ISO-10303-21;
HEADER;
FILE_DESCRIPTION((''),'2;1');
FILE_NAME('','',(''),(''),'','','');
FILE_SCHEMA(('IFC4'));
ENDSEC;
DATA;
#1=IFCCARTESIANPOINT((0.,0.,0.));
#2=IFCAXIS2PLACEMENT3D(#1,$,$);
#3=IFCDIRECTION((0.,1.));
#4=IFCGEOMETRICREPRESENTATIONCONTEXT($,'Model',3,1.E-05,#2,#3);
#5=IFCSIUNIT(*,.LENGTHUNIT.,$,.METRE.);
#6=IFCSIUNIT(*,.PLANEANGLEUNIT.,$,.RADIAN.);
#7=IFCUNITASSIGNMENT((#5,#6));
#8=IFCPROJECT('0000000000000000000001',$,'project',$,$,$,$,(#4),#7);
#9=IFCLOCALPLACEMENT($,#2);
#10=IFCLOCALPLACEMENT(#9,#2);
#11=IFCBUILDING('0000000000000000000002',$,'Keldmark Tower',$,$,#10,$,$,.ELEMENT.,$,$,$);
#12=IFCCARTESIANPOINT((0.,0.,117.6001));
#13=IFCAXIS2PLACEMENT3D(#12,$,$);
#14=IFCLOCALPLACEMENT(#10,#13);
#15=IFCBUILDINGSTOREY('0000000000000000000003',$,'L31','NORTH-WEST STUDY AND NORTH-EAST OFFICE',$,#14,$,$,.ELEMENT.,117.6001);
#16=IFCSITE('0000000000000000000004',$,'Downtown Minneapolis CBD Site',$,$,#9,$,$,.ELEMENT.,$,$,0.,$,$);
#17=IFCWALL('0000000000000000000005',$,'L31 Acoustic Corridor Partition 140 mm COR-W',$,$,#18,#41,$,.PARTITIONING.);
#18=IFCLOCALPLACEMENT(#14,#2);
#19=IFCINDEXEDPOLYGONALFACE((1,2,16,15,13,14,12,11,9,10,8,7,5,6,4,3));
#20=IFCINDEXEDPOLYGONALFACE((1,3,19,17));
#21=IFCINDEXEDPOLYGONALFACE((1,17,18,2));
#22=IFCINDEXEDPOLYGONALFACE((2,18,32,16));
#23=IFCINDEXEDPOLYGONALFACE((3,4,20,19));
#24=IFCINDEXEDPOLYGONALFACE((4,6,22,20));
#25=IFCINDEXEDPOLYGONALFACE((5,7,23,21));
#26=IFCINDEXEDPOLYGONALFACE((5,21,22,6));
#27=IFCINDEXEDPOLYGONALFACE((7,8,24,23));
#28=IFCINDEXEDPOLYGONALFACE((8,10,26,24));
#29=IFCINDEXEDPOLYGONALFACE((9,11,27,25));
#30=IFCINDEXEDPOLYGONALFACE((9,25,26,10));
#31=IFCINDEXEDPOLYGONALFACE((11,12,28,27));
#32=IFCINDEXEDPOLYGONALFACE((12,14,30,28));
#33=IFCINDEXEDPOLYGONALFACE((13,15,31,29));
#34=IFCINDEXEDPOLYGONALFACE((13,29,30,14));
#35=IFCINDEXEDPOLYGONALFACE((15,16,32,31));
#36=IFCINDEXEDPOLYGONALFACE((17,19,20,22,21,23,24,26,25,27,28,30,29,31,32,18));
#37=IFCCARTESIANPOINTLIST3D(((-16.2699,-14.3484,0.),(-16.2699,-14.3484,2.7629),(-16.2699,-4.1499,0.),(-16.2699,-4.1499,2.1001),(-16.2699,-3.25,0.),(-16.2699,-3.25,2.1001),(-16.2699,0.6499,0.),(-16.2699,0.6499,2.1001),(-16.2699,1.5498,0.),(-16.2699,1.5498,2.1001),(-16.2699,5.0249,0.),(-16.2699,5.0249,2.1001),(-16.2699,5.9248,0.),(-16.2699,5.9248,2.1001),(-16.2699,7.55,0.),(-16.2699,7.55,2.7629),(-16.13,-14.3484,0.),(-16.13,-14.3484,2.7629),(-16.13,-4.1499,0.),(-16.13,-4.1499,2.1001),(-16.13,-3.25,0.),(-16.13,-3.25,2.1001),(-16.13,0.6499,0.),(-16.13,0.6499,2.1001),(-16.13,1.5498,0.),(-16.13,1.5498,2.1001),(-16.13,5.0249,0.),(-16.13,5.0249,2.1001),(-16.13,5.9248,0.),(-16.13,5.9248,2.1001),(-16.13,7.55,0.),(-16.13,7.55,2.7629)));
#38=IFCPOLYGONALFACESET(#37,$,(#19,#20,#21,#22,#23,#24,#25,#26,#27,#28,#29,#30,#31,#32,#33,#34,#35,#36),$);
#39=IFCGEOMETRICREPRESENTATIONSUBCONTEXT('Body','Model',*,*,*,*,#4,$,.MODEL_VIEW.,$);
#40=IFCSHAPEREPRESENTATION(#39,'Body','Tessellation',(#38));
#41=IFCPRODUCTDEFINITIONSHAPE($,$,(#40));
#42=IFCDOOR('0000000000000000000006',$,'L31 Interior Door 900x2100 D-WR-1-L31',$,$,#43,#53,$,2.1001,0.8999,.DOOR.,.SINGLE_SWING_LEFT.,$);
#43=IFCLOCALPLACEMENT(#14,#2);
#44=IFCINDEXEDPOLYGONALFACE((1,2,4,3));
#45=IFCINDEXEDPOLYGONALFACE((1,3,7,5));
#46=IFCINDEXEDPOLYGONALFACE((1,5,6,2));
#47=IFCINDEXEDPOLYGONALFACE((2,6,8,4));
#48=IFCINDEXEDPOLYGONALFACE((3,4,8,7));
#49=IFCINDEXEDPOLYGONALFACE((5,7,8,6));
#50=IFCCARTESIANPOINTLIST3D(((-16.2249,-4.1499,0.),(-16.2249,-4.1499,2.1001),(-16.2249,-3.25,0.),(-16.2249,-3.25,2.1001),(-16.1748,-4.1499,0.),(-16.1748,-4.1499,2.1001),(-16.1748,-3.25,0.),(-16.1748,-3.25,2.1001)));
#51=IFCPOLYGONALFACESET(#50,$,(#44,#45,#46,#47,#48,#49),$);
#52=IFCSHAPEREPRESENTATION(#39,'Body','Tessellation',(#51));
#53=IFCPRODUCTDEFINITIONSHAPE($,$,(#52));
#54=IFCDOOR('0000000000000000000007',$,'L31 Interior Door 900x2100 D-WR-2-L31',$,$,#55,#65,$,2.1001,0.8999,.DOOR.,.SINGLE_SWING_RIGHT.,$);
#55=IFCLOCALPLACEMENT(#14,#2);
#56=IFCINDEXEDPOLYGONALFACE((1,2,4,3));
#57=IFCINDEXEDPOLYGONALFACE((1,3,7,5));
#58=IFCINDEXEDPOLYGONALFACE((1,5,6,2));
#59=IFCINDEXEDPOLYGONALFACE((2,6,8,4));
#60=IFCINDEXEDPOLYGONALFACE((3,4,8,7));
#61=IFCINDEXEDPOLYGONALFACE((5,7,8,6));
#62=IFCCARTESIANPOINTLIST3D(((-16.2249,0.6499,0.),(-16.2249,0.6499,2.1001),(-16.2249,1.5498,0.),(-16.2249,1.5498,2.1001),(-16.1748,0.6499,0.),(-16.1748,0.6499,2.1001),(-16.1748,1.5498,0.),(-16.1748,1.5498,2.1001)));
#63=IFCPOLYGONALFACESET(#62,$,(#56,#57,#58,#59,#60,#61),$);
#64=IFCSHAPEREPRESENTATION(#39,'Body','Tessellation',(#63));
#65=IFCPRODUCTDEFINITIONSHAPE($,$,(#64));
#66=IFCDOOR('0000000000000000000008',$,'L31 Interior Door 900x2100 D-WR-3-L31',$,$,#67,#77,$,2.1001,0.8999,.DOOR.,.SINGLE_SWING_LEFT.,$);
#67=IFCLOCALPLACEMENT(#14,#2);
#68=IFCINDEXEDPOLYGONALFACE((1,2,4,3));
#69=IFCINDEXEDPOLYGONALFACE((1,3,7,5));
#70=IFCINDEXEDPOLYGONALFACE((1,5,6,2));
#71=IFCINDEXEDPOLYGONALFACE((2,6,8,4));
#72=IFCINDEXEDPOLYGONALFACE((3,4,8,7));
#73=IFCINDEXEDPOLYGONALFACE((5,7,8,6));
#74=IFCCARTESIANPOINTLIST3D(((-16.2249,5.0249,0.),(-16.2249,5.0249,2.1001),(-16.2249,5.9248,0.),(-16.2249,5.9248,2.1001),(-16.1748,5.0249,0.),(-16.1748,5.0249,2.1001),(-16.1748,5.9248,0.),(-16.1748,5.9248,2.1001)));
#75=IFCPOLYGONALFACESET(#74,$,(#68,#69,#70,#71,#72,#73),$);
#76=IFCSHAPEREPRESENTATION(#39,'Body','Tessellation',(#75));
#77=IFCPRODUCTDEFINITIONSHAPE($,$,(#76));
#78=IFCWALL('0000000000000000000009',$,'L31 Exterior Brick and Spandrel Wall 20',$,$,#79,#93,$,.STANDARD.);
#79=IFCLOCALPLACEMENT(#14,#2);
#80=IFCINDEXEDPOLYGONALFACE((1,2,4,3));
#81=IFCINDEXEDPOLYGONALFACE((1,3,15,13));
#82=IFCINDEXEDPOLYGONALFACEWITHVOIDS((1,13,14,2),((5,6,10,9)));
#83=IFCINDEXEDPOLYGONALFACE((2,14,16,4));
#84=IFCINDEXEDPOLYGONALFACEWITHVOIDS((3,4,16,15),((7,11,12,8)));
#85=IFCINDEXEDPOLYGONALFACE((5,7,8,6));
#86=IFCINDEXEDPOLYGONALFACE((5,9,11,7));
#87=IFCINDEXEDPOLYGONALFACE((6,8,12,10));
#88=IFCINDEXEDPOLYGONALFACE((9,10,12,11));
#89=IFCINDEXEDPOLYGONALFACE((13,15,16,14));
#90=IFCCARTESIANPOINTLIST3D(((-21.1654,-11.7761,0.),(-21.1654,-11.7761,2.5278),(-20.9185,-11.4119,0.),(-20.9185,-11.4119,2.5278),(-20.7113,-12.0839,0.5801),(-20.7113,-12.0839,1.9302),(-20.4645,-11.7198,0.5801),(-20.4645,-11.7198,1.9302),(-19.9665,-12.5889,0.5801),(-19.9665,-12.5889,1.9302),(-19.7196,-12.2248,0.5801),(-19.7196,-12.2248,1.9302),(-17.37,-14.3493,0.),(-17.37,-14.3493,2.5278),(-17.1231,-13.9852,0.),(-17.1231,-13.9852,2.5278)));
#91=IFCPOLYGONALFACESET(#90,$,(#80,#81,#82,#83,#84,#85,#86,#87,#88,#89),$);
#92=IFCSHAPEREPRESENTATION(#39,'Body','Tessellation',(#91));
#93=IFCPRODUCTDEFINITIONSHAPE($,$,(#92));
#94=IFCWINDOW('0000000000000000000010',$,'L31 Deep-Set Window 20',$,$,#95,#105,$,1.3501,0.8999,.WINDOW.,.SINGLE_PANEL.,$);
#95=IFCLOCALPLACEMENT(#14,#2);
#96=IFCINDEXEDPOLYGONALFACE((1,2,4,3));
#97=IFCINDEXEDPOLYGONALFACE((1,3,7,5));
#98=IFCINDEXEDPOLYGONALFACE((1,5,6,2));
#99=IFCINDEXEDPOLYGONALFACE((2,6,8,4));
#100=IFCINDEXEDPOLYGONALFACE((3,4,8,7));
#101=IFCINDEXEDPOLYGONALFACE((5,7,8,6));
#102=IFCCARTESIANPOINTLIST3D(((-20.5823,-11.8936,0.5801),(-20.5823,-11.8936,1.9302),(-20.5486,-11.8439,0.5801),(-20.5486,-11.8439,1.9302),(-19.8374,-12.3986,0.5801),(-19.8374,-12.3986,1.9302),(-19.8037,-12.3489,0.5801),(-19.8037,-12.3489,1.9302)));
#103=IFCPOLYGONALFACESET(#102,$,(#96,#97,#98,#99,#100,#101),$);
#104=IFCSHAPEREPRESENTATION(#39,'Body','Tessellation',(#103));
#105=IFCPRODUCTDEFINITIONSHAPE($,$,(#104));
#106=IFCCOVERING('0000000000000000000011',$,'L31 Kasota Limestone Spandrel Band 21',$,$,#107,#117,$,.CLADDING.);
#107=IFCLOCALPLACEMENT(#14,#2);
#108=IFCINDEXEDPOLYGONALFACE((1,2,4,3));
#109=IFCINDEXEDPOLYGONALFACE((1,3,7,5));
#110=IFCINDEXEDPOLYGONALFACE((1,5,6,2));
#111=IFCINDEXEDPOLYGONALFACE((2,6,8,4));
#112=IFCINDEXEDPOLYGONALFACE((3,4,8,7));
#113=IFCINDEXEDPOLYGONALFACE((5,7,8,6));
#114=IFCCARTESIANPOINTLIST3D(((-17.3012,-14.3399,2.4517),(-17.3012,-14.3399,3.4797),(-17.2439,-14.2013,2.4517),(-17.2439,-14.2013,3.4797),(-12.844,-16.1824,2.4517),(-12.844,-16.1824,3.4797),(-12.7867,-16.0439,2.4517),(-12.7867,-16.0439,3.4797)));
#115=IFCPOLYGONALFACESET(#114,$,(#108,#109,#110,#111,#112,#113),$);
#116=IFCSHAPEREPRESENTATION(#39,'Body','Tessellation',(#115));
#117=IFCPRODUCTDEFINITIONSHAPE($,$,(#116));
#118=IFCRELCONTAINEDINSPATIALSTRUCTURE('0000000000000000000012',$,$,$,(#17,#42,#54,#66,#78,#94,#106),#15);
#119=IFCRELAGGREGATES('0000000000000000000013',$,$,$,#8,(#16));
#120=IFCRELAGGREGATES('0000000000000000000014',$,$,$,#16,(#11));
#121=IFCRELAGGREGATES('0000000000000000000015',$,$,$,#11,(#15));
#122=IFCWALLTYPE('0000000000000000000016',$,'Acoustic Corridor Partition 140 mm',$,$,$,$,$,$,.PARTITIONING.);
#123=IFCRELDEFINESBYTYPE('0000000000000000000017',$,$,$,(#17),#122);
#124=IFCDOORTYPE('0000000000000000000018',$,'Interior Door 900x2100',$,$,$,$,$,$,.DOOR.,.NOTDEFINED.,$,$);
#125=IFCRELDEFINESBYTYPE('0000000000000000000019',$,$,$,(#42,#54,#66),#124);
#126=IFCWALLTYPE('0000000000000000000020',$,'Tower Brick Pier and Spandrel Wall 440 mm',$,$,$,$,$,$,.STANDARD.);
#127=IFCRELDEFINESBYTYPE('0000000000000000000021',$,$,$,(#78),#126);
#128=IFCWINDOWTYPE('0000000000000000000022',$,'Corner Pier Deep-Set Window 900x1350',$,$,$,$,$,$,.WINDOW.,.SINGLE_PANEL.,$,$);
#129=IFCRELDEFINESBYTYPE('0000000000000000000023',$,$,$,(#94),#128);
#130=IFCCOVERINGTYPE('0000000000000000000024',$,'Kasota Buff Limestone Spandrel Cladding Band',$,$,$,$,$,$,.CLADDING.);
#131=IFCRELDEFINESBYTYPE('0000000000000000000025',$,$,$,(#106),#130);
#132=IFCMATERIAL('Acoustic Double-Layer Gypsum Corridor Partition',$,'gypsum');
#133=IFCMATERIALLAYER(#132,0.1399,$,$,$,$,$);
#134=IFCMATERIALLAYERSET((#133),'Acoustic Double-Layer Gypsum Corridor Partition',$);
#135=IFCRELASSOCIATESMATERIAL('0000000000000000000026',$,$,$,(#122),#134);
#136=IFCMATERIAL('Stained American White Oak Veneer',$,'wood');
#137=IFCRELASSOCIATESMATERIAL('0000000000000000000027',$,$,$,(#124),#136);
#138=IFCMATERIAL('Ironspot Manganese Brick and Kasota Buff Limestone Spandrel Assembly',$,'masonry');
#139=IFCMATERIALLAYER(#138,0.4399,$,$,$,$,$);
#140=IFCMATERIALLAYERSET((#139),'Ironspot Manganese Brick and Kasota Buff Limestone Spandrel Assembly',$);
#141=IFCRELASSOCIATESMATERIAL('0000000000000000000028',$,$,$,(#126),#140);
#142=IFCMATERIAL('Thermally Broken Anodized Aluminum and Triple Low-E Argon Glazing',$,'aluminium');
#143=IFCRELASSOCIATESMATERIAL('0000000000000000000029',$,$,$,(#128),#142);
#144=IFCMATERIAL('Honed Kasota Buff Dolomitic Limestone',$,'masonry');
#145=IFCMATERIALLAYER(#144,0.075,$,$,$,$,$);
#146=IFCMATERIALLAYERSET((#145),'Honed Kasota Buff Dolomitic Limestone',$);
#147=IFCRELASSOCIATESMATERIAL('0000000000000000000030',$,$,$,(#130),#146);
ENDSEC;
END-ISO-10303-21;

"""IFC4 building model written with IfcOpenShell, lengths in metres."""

from ifc_helpers import new_model, si_unit, direction, frame, frame_2d, origin, origin_2d, place, context, subcontext, project, spatial, rectangle, extrude, material, layer, layer_set, type_object, element, fill, save


model = new_model("IFC4")

# Units and contexts
model_context = context("Model", 3, precision=1e-05, world=origin(), true_north=direction((0.0, 1.0)))
body_context = subcontext(model_context, "Body", "Model", "MODEL_VIEW")
ifc_project = project(units=[si_unit("LENGTHUNIT", "METRE"), si_unit("PLANEANGLEUNIT", "RADIAN")], contexts=[model_context])

# Site, building, storey
site_placement = place(None, origin())
site = spatial("IfcSite", under=ifc_project, at=site_placement, Name="Downtown Minneapolis CBD Site", CompositionType="ELEMENT", RefElevation=0.0)
building_placement = place(site_placement, origin())
building = spatial("IfcBuilding", under=site, at=building_placement, Name="Keldmark Tower", CompositionType="ELEMENT")
storey_placement = place(building_placement, frame((0.0, 0.0, 117.6001)))
storey = spatial("IfcBuildingStorey", under=building, at=storey_placement, Name="L31", Description="NORTH-WEST STUDY AND NORTH-EAST OFFICE", CompositionType="ELEMENT", Elevation=117.6001)

# Wall, openings, doors
ifc_material_1 = material(Name="Acoustic Double-Layer Gypsum Corridor Partition", Category="gypsum")
ifc_layer_1 = layer(ifc_material_1, 0.1399)
ifc_layer_set_1 = layer_set([ifc_layer_1], Name="Acoustic Double-Layer Gypsum Corridor Partition")
wall_type_1 = type_object("IfcWallType", Name="Acoustic Corridor Partition 140 mm", PredefinedType="PARTITIONING", material=ifc_layer_set_1)
ifc_material_2 = material(Name="Stained American White Oak Veneer", Category="wood")
door_type_1 = type_object("IfcDoorType", Name="Interior Door 900x2100", OperationType="NOTDEFINED", PredefinedType="DOOR", material=ifc_material_2)
wall_1_placement = place(storey_placement, frame((-16.2, -14.3484, 0.0), z_axis=(0.0, 0.0, 1.0), x_axis=(0.0, 1.0, 0.0)))
wall_1 = element("IfcWall", 1, at=wall_1_placement, inside=storey, type_object=wall_type_1, Name="L31 Acoustic Corridor Partition 140 mm COR-W", PredefinedType="PARTITIONING", context=body_context, shape_type="SweptSolid", body=[
    extrude(rectangle(XDim=21.8984, YDim=0.1399, at=frame_2d((10.9492, 0.0))), origin(), (0.0, 0.0, 1.0), 2.7629),
])
opening_1_placement = place(wall_1_placement, frame((10.1985, 0.0, 0.0)))
opening_1 = element("IfcOpeningElement", 2, at=opening_1_placement, cuts=wall_1, PredefinedType="OPENING", context=body_context, shape_type="SweptSolid", body=[
    extrude(rectangle(XDim=0.8999, YDim=2.1001, at=frame_2d((0.45, 1.05))), frame((0.0, 0.0798, 0.0), z_axis=(0.0, -1.0, 0.0), x_axis=(1.0, 0.0, 0.0)), (0.0, 0.0, 1.0), 0.1599),
])
opening_2_placement = place(wall_1_placement, frame((14.9983, 0.0, 0.0)))
opening_2 = element("IfcOpeningElement", 3, at=opening_2_placement, cuts=wall_1, PredefinedType="OPENING", context=body_context, shape_type="SweptSolid", body=[
    extrude(rectangle(XDim=0.8999, YDim=2.1001, at=frame_2d((0.45, 1.05))), frame((0.0, 0.0798, 0.0), z_axis=(0.0, -1.0, 0.0), x_axis=(1.0, 0.0, 0.0)), (0.0, 0.0, 1.0), 0.1599),
])
opening_3_placement = place(wall_1_placement, frame((19.3733, 0.0, 0.0)))
opening_3 = element("IfcOpeningElement", 4, at=opening_3_placement, cuts=wall_1, PredefinedType="OPENING", context=body_context, shape_type="SweptSolid", body=[
    extrude(rectangle(XDim=0.8999, YDim=2.1001, at=frame_2d((0.45, 1.05))), frame((0.0, 0.0798, 0.0), z_axis=(0.0, -1.0, 0.0), x_axis=(1.0, 0.0, 0.0)), (0.0, 0.0, 1.0), 0.1599),
])
door_1_placement = place(opening_1_placement, origin())
door_1 = element("IfcDoor", 5, at=door_1_placement, inside=storey, type_object=door_type_1, Name="L31 Interior Door 900x2100 D-WR-1-L31", OperationType="SINGLE_SWING_LEFT", OverallHeight=2.1001, OverallWidth=0.8999, PredefinedType="DOOR", context=body_context, shape_type="SweptSolid", body=[
    extrude(rectangle(XDim=0.8999, YDim=2.1001, at=frame_2d((0.45, 1.05))), frame((0.0, 0.0249, 0.0), z_axis=(0.0, -1.0, 0.0), x_axis=(1.0, 0.0, 0.0)), (0.0, 0.0, 1.0), 0.05),
])
fill(opening_1, door_1)
door_2_placement = place(opening_2_placement, origin())
door_2 = element("IfcDoor", 6, at=door_2_placement, inside=storey, type_object=door_type_1, Name="L31 Interior Door 900x2100 D-WR-2-L31", OperationType="SINGLE_SWING_RIGHT", OverallHeight=2.1001, OverallWidth=0.8999, PredefinedType="DOOR", context=body_context, shape_type="SweptSolid", body=[
    extrude(rectangle(XDim=0.8999, YDim=2.1001, at=frame_2d((0.45, 1.05))), frame((0.0, 0.0249, 0.0), z_axis=(0.0, -1.0, 0.0), x_axis=(1.0, 0.0, 0.0)), (0.0, 0.0, 1.0), 0.05),
])
fill(opening_2, door_2)
door_3_placement = place(opening_3_placement, origin())
door_3 = element("IfcDoor", 7, at=door_3_placement, inside=storey, type_object=door_type_1, Name="L31 Interior Door 900x2100 D-WR-3-L31", OperationType="SINGLE_SWING_LEFT", OverallHeight=2.1001, OverallWidth=0.8999, PredefinedType="DOOR", context=body_context, shape_type="SweptSolid", body=[
    extrude(rectangle(XDim=0.8999, YDim=2.1001, at=frame_2d((0.45, 1.05))), frame((0.0, 0.0249, 0.0), z_axis=(0.0, -1.0, 0.0), x_axis=(1.0, 0.0, 0.0)), (0.0, 0.0, 1.0), 0.05),
])
fill(opening_3, door_3)

# Wall, opening, window
ifc_material_3 = material(Name="Ironspot Manganese Brick and Kasota Buff Limestone Spandrel Assembly", Category="masonry")
ifc_layer_2 = layer(ifc_material_3, 0.4399)
ifc_layer_set_2 = layer_set([ifc_layer_2], Name="Ironspot Manganese Brick and Kasota Buff Limestone Spandrel Assembly")
wall_type_2 = type_object("IfcWallType", Name="Tower Brick Pier and Spandrel Wall 440 mm", PredefinedType="STANDARD", material=ifc_layer_set_2)
wall_2_placement = place(storey_placement, frame((-17.2466, -14.1672, 0.0), z_axis=(0.0, 0.0, 1.0), x_axis=(-0.8277, 0.561171, 0.0)))
wall_2 = element("IfcWall", 8, at=wall_2_placement, inside=storey, type_object=wall_type_2, Name="L31 Exterior Brick and Spandrel Wall 20", PredefinedType="STANDARD", context=body_context, shape_type="SweptSolid", body=[
    extrude(rectangle(XDim=4.5854, YDim=0.4399, at=frame_2d((2.2927, 0.0))), origin(), (0.0, 0.0, 1.0), 2.5278),
])
opening_4_placement = place(wall_2_placement, frame((3.137, 0.0, 0.5801)))
opening_4 = element("IfcOpeningElement", 9, at=opening_4_placement, cuts=wall_2, PredefinedType="OPENING", context=body_context, shape_type="SweptSolid", body=[
    extrude(rectangle(XDim=0.8999, YDim=1.3501, at=frame_2d((0.45, 0.675))), frame((0.0, 0.23, 0.0), z_axis=(0.0, -1.0, 0.0), x_axis=(1.0, 0.0, 0.0)), (0.0, 0.0, 1.0), 0.46),
])
ifc_material_4 = material(Name="Thermally Broken Anodized Aluminum and Triple Low-E Argon Glazing", Category="aluminium")
window_type = type_object("IfcWindowType", Name="Corner Pier Deep-Set Window 900x1350", PartitioningType="SINGLE_PANEL", PredefinedType="WINDOW", material=ifc_material_4)
window_placement = place(opening_4_placement, origin())
window = element("IfcWindow", 10, at=window_placement, inside=storey, type_object=window_type, Name="L31 Deep-Set Window 20", OverallHeight=1.3501, OverallWidth=0.8999, PartitioningType="SINGLE_PANEL", PredefinedType="WINDOW", context=body_context, shape_type="SweptSolid", body=[
    extrude(rectangle(XDim=0.8999, YDim=1.3501, at=frame_2d((0.45, 0.675))), frame((0.0, -0.01, 0.0), z_axis=(0.0, -1.0, 0.0), x_axis=(1.0, 0.0, 0.0)), (0.0, 0.0, 1.0), 0.0601),
])
fill(opening_4, window)

# Covering
ifc_material_5 = material(Name="Honed Kasota Buff Dolomitic Limestone", Category="masonry")
ifc_layer_3 = layer(ifc_material_5, 0.075)
ifc_layer_set_3 = layer_set([ifc_layer_3], Name="Honed Kasota Buff Dolomitic Limestone")
covering_type = type_object("IfcCoveringType", Name="Kasota Buff Limestone Spandrel Cladding Band", PredefinedType="CLADDING", material=ifc_layer_set_3)
covering_placement = place(storey_placement, frame((-15.0439, -15.1919, 2.4517), z_axis=(0.0, 0.0, 1.0), x_axis=(0.924146, -0.382038, 0.0)))
element("IfcCovering", 11, at=covering_placement, inside=storey, type_object=covering_type, Name="L31 Kasota Limestone Spandrel Band 21", PredefinedType="CLADDING", context=body_context, shape_type="SweptSolid", body=[
    extrude(rectangle(XDim=4.823, YDim=0.1499, at=origin_2d()), origin(), (0.0, 0.0, 1.0), 1.0281),
])

save(model, "model.ifc")
